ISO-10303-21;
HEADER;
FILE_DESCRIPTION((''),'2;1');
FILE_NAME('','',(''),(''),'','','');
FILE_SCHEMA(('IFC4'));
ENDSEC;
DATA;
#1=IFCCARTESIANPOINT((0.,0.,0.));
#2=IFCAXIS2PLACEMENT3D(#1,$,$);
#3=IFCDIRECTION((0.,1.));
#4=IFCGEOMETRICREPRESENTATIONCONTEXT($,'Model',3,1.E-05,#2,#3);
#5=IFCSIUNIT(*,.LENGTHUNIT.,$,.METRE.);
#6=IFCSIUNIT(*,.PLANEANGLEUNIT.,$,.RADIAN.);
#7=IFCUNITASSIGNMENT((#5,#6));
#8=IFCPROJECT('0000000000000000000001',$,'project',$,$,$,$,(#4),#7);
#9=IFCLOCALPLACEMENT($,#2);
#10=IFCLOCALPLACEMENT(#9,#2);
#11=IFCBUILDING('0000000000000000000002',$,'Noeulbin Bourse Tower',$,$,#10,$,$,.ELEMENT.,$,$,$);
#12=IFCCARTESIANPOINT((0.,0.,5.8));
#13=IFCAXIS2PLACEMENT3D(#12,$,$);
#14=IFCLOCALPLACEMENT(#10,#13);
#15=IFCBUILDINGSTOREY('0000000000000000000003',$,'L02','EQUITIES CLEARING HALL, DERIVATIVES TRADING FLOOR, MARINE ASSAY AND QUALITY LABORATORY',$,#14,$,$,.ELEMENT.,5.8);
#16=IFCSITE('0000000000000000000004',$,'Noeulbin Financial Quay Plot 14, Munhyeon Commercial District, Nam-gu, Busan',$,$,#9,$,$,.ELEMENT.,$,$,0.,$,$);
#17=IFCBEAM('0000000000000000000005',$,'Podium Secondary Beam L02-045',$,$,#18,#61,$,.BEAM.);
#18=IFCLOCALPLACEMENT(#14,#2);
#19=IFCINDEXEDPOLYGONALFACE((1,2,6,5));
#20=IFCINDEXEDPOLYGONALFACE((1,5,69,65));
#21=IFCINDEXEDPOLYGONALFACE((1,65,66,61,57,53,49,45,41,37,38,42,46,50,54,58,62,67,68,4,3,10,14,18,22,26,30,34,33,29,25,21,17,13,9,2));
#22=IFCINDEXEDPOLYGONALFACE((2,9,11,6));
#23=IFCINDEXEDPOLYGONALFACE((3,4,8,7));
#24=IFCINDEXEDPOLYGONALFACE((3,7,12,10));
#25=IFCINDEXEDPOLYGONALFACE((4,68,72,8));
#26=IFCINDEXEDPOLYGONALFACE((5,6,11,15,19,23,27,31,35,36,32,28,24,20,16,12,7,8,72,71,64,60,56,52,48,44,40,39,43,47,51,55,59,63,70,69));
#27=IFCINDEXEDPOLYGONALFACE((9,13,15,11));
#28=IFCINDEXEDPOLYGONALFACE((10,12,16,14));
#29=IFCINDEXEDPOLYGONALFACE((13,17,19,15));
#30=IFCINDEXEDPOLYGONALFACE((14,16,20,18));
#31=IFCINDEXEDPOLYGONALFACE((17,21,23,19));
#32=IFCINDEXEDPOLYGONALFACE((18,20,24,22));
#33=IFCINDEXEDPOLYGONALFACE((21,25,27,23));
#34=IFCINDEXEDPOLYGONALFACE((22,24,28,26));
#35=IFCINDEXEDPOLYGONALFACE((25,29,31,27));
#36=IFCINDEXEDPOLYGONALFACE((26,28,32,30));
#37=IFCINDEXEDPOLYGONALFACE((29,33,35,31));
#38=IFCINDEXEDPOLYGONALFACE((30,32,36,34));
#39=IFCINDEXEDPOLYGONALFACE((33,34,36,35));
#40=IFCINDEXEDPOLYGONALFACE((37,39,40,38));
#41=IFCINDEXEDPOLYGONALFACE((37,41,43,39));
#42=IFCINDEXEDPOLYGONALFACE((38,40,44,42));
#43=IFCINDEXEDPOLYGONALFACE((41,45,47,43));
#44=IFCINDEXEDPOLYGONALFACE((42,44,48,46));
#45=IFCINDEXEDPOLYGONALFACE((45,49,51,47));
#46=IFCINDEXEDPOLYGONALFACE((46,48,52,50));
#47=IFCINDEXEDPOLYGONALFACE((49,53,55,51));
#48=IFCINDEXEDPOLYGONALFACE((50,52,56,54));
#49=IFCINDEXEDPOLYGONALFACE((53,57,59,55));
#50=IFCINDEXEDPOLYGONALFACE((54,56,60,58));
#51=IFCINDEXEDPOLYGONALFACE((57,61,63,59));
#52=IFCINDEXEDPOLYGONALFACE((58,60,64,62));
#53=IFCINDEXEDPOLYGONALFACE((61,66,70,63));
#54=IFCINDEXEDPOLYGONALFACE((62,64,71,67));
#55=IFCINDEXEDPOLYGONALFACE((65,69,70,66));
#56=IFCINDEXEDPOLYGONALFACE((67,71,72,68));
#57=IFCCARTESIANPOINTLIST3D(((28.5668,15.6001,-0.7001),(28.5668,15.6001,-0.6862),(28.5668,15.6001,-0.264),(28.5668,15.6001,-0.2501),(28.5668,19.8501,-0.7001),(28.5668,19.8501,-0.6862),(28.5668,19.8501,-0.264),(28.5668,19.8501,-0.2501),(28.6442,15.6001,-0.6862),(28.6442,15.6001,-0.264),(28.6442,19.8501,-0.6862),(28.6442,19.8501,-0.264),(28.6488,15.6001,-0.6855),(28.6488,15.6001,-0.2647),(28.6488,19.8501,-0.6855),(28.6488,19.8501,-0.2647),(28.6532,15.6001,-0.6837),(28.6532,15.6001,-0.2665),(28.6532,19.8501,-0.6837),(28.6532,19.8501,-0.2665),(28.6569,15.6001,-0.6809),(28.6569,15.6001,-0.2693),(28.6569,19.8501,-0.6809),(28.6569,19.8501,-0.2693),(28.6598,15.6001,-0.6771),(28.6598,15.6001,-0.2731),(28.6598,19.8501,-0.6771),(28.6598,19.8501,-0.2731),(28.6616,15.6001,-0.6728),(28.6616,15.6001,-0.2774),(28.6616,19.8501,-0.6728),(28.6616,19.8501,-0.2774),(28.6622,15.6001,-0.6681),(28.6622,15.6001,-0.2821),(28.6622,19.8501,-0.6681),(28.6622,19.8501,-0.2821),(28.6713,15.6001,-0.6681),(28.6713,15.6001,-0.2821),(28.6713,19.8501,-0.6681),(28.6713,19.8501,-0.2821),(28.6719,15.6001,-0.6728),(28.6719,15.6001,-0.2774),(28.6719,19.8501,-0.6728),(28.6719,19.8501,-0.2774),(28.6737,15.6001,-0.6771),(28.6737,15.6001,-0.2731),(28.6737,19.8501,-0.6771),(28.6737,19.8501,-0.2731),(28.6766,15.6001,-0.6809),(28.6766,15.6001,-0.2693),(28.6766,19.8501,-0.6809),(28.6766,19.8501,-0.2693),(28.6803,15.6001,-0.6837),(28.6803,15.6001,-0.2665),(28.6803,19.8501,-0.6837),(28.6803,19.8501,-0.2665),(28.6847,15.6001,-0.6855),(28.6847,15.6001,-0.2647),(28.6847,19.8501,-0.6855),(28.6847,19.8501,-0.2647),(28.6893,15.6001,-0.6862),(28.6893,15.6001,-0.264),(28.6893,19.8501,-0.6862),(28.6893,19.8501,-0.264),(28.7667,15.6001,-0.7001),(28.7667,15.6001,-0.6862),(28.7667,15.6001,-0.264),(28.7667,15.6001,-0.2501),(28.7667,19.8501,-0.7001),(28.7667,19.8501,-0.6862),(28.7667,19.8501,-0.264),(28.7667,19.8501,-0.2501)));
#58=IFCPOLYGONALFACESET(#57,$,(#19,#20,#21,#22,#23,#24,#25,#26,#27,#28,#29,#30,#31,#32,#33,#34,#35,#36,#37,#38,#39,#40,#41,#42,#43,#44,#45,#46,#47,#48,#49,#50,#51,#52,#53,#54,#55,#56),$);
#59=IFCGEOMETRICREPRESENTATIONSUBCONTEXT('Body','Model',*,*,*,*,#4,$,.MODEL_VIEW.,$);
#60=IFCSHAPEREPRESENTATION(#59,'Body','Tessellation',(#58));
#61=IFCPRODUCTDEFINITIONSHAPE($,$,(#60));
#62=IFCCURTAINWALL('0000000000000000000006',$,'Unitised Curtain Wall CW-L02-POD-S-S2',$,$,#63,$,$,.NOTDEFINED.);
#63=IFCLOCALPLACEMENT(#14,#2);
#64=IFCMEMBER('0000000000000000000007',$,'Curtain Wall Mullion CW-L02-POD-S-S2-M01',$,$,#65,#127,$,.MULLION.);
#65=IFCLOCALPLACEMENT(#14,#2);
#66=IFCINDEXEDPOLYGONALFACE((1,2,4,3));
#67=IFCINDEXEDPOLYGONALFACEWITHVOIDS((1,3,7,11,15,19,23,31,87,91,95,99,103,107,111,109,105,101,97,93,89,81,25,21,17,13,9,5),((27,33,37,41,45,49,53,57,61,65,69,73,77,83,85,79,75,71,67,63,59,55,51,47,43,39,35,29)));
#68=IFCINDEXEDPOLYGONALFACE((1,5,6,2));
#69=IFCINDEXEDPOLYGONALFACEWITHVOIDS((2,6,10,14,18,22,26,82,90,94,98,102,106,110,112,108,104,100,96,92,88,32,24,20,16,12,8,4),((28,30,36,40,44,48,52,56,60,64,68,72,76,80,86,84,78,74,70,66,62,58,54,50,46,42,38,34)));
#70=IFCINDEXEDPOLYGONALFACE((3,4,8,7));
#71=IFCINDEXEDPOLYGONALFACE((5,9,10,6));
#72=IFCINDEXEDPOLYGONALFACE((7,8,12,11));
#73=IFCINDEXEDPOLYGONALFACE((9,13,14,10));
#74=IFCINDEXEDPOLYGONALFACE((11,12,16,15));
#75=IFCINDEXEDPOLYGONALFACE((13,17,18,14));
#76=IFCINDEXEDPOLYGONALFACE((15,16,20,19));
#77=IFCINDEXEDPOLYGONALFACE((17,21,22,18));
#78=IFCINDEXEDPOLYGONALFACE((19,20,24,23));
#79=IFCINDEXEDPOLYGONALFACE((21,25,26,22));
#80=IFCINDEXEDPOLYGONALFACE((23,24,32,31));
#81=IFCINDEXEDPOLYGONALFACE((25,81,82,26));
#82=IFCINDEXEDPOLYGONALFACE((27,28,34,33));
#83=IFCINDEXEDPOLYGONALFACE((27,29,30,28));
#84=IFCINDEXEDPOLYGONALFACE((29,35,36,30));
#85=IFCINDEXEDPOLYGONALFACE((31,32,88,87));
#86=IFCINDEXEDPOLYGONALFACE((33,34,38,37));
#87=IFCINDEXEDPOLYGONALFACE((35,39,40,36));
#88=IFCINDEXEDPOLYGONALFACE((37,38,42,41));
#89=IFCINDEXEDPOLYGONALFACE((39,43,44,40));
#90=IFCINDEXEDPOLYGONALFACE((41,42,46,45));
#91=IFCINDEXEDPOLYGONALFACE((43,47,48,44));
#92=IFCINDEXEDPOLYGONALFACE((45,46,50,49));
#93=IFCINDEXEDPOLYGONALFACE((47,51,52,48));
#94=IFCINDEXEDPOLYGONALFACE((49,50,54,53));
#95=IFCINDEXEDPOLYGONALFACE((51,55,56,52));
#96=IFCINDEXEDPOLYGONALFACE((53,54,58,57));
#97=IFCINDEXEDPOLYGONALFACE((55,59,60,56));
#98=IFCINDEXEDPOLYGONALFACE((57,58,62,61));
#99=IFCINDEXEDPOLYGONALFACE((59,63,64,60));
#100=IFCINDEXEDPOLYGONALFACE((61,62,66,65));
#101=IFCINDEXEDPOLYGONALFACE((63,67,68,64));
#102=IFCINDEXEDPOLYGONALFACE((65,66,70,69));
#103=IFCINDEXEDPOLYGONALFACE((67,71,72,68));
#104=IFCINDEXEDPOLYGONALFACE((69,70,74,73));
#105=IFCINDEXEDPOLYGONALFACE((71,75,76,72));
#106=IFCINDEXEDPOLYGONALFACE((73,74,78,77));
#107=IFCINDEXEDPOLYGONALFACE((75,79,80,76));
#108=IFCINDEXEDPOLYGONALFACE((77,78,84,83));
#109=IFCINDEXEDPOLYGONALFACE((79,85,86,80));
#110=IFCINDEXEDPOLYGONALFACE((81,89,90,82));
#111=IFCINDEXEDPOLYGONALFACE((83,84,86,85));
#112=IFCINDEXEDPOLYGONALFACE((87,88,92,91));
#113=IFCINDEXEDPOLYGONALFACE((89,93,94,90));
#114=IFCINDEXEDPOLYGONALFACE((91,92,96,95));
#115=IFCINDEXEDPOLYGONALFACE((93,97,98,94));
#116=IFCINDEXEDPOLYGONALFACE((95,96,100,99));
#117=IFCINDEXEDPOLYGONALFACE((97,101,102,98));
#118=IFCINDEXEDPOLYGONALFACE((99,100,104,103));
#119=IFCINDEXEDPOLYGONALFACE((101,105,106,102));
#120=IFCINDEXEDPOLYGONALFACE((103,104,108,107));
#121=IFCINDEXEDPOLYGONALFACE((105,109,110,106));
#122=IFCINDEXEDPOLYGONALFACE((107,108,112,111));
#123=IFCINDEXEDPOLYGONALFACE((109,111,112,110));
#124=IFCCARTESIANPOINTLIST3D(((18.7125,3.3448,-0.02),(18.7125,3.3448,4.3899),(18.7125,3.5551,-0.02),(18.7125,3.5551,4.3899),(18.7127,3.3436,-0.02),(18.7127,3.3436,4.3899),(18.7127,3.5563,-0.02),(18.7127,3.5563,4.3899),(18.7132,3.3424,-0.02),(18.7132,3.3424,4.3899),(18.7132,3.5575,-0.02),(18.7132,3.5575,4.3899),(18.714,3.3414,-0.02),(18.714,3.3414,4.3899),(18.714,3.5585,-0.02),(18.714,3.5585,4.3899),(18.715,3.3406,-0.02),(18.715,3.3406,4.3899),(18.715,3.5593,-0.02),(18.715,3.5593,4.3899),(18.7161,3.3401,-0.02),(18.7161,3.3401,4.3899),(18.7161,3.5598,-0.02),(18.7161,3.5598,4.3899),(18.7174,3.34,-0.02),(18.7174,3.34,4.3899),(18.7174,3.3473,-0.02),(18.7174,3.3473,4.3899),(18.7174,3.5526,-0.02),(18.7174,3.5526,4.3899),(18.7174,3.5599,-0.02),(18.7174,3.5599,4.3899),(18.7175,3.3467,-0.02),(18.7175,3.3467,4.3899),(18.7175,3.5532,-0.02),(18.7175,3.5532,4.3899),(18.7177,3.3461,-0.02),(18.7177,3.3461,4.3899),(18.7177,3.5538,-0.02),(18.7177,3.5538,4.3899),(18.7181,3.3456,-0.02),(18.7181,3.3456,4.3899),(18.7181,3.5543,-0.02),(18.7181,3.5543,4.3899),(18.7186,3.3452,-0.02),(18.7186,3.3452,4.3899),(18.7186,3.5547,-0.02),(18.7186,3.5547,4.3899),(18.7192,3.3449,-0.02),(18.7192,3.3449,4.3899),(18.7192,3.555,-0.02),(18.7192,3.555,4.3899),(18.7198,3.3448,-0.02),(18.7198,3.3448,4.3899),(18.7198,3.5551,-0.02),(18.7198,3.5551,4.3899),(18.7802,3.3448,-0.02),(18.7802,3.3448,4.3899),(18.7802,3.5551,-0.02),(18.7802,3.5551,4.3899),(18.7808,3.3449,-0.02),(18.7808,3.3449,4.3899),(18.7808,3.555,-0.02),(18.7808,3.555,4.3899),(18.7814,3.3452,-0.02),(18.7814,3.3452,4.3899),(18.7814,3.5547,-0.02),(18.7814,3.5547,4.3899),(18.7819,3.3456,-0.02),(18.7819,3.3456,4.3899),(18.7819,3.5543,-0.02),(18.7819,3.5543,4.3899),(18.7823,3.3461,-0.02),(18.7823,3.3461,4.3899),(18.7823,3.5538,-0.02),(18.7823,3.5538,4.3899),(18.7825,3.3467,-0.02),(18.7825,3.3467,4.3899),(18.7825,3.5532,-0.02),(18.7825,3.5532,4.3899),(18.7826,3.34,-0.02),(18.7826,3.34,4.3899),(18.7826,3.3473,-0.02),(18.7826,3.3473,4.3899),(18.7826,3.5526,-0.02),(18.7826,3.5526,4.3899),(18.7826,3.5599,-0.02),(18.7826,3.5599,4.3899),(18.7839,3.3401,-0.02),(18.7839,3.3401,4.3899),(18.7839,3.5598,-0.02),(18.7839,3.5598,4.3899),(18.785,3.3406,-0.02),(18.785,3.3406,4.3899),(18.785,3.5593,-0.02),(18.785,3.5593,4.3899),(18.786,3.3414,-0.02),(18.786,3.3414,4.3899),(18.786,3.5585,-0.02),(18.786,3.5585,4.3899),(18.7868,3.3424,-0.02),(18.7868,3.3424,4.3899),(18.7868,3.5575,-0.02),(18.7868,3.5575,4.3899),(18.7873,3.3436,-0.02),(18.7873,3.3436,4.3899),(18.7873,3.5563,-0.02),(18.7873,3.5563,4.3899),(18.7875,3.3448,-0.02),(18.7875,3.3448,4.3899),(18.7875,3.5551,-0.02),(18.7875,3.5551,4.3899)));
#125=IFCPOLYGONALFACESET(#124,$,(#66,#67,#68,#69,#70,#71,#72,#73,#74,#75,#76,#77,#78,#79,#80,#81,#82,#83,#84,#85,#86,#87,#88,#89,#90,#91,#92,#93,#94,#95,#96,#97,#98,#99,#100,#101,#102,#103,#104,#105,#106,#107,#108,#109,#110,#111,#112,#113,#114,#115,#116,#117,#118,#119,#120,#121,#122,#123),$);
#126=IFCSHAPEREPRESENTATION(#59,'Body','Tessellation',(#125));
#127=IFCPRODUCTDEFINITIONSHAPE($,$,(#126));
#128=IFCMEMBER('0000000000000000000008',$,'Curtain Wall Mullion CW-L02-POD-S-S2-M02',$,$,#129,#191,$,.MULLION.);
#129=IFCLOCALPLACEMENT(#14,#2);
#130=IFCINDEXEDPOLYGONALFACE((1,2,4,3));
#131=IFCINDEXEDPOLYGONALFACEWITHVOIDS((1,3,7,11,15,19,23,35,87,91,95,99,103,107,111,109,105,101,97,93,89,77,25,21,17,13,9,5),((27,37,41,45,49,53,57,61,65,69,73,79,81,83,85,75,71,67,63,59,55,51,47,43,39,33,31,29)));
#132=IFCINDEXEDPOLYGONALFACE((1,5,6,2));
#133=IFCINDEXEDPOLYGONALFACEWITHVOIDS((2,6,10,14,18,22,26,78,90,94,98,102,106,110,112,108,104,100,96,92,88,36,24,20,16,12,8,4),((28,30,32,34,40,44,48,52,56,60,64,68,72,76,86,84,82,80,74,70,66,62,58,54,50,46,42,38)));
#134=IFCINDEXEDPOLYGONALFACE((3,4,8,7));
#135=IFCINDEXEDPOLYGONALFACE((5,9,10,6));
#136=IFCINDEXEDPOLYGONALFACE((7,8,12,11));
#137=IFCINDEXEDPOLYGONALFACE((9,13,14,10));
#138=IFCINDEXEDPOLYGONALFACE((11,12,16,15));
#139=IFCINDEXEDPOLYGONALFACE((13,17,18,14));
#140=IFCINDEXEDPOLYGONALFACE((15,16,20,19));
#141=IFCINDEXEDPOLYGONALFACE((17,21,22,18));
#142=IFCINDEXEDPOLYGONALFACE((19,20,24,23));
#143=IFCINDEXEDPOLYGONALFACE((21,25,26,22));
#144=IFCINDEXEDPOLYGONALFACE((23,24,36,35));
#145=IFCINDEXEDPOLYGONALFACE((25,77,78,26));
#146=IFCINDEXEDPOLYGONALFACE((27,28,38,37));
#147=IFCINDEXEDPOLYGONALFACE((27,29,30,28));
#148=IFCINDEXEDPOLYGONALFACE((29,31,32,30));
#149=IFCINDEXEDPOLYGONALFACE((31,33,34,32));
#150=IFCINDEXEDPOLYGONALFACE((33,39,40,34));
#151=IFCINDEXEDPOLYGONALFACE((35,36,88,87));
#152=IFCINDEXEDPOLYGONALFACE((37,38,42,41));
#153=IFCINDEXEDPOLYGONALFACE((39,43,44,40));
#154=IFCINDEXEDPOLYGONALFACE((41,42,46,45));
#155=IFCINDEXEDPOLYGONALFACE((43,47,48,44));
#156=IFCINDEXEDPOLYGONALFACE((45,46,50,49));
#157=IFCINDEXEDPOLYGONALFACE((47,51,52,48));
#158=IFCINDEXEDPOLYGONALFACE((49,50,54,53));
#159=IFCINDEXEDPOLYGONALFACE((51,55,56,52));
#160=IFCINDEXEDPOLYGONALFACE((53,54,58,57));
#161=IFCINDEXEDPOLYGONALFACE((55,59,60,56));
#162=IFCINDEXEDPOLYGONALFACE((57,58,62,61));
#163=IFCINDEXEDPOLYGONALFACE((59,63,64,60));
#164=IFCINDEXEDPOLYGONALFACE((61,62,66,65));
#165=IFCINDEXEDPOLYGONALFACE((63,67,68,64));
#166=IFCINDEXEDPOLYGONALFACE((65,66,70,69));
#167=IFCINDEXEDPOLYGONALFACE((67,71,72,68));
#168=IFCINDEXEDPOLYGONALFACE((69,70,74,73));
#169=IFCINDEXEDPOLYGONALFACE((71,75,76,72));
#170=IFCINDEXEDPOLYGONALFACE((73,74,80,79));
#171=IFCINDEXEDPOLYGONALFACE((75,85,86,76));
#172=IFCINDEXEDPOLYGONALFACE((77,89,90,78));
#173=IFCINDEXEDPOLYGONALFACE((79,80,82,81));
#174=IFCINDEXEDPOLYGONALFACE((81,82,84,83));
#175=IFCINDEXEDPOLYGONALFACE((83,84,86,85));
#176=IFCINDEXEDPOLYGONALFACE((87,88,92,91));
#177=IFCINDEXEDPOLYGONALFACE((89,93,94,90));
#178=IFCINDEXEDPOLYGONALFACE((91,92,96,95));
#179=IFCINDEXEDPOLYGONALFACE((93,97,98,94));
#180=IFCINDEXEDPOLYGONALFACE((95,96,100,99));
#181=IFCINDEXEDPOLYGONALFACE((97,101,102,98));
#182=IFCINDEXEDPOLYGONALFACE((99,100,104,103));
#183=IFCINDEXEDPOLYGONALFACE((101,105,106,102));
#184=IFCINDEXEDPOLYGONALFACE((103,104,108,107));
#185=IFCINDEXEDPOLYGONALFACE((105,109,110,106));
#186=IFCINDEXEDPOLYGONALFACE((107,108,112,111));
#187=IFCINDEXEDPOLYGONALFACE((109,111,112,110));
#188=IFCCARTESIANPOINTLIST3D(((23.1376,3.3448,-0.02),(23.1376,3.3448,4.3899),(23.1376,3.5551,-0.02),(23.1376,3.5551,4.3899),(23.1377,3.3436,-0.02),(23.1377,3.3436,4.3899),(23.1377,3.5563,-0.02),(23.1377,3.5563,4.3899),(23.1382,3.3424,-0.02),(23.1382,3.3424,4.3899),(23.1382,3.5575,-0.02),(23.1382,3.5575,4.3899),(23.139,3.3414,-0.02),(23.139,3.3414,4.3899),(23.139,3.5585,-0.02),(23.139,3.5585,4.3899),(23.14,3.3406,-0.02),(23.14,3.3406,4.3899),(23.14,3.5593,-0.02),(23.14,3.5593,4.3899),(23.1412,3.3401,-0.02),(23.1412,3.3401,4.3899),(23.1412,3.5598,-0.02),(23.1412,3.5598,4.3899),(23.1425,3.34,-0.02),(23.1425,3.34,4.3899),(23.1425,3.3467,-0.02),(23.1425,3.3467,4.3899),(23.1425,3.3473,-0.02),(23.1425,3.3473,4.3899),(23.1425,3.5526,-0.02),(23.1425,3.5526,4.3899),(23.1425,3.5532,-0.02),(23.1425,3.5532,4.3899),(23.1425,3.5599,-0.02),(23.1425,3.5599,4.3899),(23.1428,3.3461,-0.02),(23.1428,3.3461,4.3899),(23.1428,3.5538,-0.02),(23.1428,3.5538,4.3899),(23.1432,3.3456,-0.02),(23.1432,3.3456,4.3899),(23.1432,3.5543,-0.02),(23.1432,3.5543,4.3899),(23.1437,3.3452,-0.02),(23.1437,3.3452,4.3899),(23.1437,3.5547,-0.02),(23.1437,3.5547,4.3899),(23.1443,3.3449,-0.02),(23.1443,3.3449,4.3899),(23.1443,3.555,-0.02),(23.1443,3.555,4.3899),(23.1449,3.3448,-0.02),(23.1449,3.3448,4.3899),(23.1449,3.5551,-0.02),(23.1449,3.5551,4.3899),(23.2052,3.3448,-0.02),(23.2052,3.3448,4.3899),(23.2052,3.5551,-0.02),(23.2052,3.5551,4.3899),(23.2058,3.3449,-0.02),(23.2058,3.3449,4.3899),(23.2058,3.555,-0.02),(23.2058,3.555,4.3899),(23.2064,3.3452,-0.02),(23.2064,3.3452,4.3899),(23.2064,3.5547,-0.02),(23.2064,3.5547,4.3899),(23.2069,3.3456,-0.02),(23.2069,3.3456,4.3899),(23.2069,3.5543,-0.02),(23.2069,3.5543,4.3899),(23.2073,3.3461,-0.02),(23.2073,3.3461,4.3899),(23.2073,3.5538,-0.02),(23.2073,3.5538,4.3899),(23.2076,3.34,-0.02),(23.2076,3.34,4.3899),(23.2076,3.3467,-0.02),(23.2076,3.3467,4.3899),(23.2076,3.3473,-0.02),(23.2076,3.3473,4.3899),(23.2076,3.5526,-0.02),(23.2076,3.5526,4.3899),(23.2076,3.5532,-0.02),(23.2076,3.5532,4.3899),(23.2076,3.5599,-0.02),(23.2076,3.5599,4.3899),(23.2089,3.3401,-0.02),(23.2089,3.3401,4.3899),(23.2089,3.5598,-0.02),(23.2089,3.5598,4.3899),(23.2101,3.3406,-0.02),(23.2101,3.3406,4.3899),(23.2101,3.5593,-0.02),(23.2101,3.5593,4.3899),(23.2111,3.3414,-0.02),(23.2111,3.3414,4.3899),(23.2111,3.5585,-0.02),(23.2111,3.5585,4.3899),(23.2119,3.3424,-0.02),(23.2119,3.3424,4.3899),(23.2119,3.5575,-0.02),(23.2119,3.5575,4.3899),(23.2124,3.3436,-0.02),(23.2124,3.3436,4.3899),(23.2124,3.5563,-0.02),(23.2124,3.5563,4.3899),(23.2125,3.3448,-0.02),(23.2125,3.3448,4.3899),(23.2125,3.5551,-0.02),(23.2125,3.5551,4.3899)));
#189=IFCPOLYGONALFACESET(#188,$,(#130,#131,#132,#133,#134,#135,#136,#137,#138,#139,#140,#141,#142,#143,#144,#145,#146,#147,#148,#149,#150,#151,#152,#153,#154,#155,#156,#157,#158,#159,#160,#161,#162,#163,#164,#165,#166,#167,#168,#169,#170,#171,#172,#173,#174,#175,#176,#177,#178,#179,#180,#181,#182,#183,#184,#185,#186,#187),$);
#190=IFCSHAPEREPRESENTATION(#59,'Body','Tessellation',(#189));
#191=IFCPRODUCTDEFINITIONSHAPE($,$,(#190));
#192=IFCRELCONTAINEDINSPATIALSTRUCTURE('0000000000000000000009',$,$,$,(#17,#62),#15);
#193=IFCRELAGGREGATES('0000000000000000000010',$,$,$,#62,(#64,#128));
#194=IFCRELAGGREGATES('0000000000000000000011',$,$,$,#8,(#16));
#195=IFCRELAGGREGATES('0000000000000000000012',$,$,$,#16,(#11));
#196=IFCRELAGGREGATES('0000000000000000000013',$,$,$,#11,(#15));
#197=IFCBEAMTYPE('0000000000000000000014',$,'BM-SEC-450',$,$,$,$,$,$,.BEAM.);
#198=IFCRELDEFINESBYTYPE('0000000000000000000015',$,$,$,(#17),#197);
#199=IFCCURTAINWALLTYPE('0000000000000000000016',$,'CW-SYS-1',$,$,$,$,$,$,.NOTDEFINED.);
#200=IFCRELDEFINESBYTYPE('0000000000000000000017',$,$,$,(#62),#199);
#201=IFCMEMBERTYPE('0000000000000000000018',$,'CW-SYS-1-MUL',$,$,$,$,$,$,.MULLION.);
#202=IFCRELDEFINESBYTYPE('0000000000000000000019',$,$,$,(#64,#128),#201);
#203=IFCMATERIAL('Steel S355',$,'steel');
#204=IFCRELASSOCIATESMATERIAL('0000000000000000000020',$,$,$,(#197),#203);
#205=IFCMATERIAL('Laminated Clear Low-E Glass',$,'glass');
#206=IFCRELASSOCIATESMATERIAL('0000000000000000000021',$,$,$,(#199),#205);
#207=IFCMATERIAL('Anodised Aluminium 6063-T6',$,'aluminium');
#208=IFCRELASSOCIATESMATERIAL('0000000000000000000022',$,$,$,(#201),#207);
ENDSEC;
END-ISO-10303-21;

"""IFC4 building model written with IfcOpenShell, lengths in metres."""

from ifc_helpers import new_model, si_unit, direction, frame, origin, origin_2d, place, context, subcontext, project, spatial, hollow_rectangle, i_section, extrude, material, material_profile, profile_set, type_object, element, aggregate, save


model = new_model("IFC4")

# Units and contexts
model_context = context("Model", 3, precision=1e-05, world=origin(), true_north=direction((0.0, 1.0)))
body_context = subcontext(model_context, "Body", "Model", "MODEL_VIEW")
ifc_project = project(units=[si_unit("LENGTHUNIT", "METRE"), si_unit("PLANEANGLEUNIT", "RADIAN")], contexts=[model_context])

# Site, building, storey
site_placement = place(None, origin())
site = spatial("IfcSite", under=ifc_project, at=site_placement, Name="Noeulbin Financial Quay Plot 14, Munhyeon Commercial District, Nam-gu, Busan", CompositionType="ELEMENT", RefElevation=0.0)
building_placement = place(site_placement, origin())
building = spatial("IfcBuilding", under=site, at=building_placement, Name="Noeulbin Bourse Tower", CompositionType="ELEMENT")
storey_placement = place(building_placement, frame((0.0, 0.0, 5.8)))
storey = spatial("IfcBuildingStorey", under=building, at=storey_placement, Name="L02", Description="EQUITIES CLEARING HALL, DERIVATIVES TRADING FLOOR, MARINE ASSAY AND QUALITY LABORATORY", CompositionType="ELEMENT", Elevation=5.8)

# Beam
ifc_material_1 = material(Name="Steel S355", Category="steel")
ifc_material_profile_1 = material_profile(ifc_material_1, i_section(OverallWidth=0.2, OverallDepth=0.45, WebThickness=0.009, FlangeThickness=0.0139, FilletRadius=0.0181, at=origin_2d()), Name="H-450x200x9x14", Category="LoadBearing")
ifc_profile_set_1 = profile_set([ifc_material_profile_1], Name="Steel S355")
beam_type_1 = type_object("IfcBeamType", Name="BM-SEC-450", PredefinedType="BEAM", material=ifc_profile_set_1)
beam_1_placement = place(storey_placement, frame((28.6667, 15.6001, -0.4751), z_axis=(0.0, 1.0, 0.0), x_axis=(-1.0, 0.0, 0.0)))
element("IfcBeam", 1, at=beam_1_placement, inside=storey, type_object=beam_type_1, Name="Podium Secondary Beam L02-045", PredefinedType="BEAM", context=body_context, shape_type="SweptSolid", body=[
    extrude(i_section(OverallWidth=0.2, OverallDepth=0.45, WebThickness=0.009, FlangeThickness=0.0139, FilletRadius=0.0181, at=origin_2d()), origin(), (0.0, 0.0, 1.0), 4.25),
])

# Curtain wall, members
ifc_material_2 = material(Name="Laminated Clear Low-E Glass", Category="glass")
curtain_wall_type = type_object("IfcCurtainWallType", Name="CW-SYS-1", PredefinedType="NOTDEFINED", material=ifc_material_2)
curtain_wall_1_placement = place(storey_placement, origin())
curtain_wall_1 = element("IfcCurtainWall", 2, at=curtain_wall_1_placement, inside=storey, type_object=curtain_wall_type, Name="Unitised Curtain Wall CW-L02-POD-S-S2", PredefinedType="NOTDEFINED")
ifc_material_3 = material(Name="Anodised Aluminium 6063-T6", Category="aluminium")
ifc_material_profile_2 = material_profile(ifc_material_3, hollow_rectangle(XDim=0.075, YDim=0.22, WallThickness=0.0049, InnerFilletRadius=0.0024, OuterFilletRadius=0.0049, at=origin_2d()), Name="ALU-MULL-75x220x5", Category="LoadBearing")
ifc_profile_set_2 = profile_set([ifc_material_profile_2], Name="Anodised Aluminium 6063-T6")
member_type_1 = type_object("IfcMemberType", Name="CW-SYS-1-MUL", PredefinedType="MULLION", material=ifc_profile_set_2)
member_1_placement = place(storey_placement, frame((18.75, 3.45, -0.02), z_axis=(0.0, 0.0, 1.0), x_axis=(1.0, 0.0, 0.0)))
member_1 = element("IfcMember", 3, at=member_1_placement, type_object=member_type_1, Name="Curtain Wall Mullion CW-L02-POD-S-S2-M01", PredefinedType="MULLION", context=body_context, shape_type="SweptSolid", body=[
    extrude(hollow_rectangle(XDim=0.075, YDim=0.22, WallThickness=0.0049, InnerFilletRadius=0.0024, OuterFilletRadius=0.0049, at=origin_2d()), origin(), (0.0, 0.0, 1.0), 4.4099),
])
member_2_placement = place(storey_placement, frame((23.175, 3.45, -0.02), z_axis=(0.0, 0.0, 1.0), x_axis=(1.0, 0.0, 0.0)))
member_2 = element("IfcMember", 4, at=member_2_placement, type_object=member_type_1, Name="Curtain Wall Mullion CW-L02-POD-S-S2-M02", PredefinedType="MULLION", context=body_context, shape_type="SweptSolid", body=[
    extrude(hollow_rectangle(XDim=0.075, YDim=0.22, WallThickness=0.0049, InnerFilletRadius=0.0024, OuterFilletRadius=0.0049, at=origin_2d()), origin(), (0.0, 0.0, 1.0), 4.4099),
])

aggregate(curtain_wall_1, [member_1, member_2])

save(model, "model.ifc")
